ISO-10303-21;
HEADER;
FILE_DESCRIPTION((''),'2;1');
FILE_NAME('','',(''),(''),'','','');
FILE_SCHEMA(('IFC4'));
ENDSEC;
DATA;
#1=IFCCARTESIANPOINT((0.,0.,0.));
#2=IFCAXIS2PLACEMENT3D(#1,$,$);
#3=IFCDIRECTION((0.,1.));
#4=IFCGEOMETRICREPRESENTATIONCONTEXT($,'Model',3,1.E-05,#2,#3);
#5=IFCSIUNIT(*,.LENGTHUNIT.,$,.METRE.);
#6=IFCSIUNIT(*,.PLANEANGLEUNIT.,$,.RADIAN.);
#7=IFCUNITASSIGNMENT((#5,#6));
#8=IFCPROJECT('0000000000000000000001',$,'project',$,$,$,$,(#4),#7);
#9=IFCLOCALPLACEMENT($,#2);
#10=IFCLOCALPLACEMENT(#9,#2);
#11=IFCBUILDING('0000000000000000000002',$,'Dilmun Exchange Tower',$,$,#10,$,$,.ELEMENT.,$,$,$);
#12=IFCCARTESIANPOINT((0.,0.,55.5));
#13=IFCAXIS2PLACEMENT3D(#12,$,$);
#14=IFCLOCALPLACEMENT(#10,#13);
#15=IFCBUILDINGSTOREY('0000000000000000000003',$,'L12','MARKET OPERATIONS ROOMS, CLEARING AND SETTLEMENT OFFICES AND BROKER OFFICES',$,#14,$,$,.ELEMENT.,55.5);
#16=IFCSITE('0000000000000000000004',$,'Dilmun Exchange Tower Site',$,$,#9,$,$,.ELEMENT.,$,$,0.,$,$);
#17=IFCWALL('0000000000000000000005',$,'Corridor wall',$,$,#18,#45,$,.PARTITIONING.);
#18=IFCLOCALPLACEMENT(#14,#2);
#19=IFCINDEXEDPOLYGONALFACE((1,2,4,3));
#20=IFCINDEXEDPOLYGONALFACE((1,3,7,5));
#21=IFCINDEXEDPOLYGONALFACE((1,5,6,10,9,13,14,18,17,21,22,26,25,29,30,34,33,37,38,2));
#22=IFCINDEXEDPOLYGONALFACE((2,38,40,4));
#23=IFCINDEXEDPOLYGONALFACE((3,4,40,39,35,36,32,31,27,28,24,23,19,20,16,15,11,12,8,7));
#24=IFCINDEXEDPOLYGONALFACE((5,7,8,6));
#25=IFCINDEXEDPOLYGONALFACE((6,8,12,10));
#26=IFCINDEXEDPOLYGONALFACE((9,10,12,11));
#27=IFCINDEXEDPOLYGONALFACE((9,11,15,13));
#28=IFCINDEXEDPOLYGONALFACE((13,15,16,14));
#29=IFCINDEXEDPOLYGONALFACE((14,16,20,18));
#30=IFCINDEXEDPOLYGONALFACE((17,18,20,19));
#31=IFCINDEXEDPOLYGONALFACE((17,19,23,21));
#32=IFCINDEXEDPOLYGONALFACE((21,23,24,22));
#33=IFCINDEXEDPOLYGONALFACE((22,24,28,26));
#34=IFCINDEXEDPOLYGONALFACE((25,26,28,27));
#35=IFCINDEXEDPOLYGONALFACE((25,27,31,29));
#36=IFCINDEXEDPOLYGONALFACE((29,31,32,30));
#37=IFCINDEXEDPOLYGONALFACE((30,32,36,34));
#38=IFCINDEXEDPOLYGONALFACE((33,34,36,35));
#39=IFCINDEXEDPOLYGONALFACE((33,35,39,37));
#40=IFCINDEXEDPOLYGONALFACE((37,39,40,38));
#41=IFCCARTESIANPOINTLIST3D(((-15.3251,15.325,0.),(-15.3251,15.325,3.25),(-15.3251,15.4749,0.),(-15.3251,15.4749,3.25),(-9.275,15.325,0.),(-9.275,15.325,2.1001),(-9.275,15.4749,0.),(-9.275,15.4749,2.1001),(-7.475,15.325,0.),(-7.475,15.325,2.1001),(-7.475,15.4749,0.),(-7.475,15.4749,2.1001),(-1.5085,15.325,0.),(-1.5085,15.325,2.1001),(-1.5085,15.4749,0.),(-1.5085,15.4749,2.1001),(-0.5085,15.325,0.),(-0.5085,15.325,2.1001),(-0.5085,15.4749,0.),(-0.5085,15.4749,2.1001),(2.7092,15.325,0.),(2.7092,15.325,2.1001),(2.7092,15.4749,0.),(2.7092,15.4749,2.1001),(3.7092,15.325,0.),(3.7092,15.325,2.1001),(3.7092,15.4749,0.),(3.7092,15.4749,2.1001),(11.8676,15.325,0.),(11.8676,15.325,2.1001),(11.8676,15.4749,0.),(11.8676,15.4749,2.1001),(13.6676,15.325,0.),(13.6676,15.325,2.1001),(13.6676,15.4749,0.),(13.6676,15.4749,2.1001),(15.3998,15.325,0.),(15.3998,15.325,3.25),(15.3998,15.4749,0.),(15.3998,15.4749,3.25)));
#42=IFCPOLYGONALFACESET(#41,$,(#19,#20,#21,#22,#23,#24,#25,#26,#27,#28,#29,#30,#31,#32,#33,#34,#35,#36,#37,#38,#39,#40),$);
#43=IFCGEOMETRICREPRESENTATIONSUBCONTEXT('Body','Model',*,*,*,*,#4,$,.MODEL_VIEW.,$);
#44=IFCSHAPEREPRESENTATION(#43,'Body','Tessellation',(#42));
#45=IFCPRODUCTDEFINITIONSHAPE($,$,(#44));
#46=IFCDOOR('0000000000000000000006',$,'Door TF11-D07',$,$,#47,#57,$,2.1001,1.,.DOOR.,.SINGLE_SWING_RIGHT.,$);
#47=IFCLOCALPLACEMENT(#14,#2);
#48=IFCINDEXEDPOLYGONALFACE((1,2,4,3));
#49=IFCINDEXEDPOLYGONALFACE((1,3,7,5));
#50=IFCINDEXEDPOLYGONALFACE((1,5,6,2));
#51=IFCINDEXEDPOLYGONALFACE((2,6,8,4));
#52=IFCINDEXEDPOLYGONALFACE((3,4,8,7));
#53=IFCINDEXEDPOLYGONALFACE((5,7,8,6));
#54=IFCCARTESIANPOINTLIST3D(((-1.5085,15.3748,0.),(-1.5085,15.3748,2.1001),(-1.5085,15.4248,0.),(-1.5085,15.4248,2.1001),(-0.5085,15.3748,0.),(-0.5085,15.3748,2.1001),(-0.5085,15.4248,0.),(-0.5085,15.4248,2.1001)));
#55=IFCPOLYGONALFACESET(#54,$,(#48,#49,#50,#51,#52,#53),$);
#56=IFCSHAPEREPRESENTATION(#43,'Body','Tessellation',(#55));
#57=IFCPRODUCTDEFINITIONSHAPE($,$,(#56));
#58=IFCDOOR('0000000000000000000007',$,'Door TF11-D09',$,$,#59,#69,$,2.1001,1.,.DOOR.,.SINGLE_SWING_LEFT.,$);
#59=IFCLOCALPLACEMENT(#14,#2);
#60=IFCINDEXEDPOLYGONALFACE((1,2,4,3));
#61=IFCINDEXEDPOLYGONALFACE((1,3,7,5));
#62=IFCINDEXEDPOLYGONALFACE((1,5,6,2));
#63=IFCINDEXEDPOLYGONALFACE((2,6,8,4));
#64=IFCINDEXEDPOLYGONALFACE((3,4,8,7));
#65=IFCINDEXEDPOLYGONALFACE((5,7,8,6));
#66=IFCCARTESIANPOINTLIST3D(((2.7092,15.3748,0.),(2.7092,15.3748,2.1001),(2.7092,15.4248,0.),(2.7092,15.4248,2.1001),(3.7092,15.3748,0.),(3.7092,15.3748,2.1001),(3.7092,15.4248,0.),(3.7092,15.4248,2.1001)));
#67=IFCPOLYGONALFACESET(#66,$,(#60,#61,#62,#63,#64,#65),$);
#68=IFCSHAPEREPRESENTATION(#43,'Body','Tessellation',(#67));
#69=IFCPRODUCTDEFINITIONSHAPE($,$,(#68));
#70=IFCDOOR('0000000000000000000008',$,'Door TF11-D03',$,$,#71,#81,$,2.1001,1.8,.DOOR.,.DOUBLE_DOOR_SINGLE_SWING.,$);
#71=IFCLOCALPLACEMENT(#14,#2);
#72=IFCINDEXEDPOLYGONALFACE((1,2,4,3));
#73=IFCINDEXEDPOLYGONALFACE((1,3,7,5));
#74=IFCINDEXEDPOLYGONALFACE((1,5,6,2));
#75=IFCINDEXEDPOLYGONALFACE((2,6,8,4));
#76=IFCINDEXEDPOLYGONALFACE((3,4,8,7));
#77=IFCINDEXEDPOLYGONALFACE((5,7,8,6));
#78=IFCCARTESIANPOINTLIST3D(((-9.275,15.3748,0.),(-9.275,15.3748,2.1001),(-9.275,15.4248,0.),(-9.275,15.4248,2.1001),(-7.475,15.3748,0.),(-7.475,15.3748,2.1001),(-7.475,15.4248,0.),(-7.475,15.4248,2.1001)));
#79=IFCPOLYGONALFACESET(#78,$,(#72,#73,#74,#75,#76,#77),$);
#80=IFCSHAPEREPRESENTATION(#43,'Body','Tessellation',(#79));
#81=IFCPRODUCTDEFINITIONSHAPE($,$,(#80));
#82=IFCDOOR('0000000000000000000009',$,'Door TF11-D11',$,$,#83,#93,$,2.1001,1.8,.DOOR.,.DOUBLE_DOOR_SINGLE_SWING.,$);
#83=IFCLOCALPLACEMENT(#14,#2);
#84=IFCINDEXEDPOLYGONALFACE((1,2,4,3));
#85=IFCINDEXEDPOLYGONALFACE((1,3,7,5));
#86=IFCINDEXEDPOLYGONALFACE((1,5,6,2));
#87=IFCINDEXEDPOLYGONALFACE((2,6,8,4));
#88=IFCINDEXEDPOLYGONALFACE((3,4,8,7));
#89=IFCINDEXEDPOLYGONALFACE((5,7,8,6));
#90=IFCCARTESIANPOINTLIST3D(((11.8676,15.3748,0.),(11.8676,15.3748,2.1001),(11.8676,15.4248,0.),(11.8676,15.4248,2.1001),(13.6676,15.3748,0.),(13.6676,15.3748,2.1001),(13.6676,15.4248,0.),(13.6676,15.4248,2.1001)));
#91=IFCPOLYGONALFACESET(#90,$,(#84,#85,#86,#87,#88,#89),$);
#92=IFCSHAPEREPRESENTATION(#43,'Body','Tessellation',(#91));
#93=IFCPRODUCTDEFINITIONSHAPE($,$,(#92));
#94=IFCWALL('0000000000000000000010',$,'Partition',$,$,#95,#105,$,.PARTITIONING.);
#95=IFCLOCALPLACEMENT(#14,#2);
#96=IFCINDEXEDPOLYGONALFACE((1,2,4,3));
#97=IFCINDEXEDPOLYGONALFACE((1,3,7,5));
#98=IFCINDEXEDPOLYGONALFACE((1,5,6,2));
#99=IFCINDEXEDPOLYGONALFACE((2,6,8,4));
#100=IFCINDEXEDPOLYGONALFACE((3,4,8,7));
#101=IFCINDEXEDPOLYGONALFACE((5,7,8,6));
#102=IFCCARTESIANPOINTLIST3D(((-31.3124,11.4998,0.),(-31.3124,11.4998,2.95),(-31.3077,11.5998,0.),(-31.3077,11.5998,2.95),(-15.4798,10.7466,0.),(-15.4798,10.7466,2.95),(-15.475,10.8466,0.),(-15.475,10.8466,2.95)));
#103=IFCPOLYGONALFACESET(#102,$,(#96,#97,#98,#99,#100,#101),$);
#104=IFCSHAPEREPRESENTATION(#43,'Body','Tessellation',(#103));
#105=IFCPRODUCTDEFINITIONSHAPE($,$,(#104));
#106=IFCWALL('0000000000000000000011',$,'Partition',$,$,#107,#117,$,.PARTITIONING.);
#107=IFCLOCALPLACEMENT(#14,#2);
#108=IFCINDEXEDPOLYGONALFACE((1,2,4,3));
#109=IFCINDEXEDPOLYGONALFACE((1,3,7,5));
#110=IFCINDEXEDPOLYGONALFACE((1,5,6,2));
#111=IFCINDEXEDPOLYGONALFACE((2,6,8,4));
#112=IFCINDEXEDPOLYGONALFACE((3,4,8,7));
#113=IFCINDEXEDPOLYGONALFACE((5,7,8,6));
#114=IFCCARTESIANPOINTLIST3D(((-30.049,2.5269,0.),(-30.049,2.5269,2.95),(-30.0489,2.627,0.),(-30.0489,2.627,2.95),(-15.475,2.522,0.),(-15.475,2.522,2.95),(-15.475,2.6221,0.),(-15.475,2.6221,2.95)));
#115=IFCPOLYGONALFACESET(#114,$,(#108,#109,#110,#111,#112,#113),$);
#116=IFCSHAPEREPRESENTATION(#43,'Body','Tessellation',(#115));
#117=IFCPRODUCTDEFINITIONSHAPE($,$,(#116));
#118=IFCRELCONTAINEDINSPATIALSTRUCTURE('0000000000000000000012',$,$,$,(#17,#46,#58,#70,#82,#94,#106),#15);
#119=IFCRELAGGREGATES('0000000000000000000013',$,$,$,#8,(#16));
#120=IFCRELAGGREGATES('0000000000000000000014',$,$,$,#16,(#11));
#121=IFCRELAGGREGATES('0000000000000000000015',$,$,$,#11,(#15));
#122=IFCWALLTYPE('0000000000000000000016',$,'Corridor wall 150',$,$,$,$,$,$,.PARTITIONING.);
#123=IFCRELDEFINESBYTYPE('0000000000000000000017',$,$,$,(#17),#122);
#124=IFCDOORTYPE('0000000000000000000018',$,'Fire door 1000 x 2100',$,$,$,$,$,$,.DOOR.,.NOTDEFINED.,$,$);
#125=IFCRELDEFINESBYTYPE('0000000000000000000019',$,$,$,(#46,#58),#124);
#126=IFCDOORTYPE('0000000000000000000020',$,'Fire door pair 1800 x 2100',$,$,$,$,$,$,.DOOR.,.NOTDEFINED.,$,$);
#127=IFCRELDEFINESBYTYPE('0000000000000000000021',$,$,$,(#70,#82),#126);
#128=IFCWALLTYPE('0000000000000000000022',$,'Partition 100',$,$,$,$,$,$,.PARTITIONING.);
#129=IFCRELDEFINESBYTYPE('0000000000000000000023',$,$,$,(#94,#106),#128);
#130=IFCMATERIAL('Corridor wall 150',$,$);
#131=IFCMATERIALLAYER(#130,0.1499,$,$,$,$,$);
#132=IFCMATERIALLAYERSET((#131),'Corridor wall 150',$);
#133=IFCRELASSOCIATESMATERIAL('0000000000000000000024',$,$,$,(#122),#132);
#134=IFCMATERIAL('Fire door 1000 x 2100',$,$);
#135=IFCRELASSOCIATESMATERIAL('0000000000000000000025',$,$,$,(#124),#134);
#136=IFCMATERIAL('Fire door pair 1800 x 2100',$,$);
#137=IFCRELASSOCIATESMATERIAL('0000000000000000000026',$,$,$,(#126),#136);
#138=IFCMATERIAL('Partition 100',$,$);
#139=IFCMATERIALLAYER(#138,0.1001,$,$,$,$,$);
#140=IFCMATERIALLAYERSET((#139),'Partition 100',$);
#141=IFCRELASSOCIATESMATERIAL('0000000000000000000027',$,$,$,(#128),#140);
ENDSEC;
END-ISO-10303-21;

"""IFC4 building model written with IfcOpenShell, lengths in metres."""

from ifc_helpers import new_model, si_unit, direction, frame, frame_2d, origin, place, context, subcontext, project, spatial, rectangle, extrude, material, layer, layer_set, type_object, element, fill, save


model = new_model("IFC4")

# Units and contexts
model_context = context("Model", 3, precision=1e-05, world=origin(), true_north=direction((0.0, 1.0)))
body_context = subcontext(model_context, "Body", "Model", "MODEL_VIEW")
ifc_project = project(units=[si_unit("LENGTHUNIT", "METRE"), si_unit("PLANEANGLEUNIT", "RADIAN")], contexts=[model_context])

# Site, building, storey
site_placement = place(None, origin())
site = spatial("IfcSite", under=ifc_project, at=site_placement, Name="Dilmun Exchange Tower Site", CompositionType="ELEMENT", RefElevation=0.0)
building_placement = place(site_placement, origin())
building = spatial("IfcBuilding", under=site, at=building_placement, Name="Dilmun Exchange Tower", CompositionType="ELEMENT")
storey_placement = place(building_placement, frame((0.0, 0.0, 55.5)))
storey = spatial("IfcBuildingStorey", under=building, at=storey_placement, Name="L12", Description="MARKET OPERATIONS ROOMS, CLEARING AND SETTLEMENT OFFICES AND BROKER OFFICES", CompositionType="ELEMENT", Elevation=55.5)

# Wall, openings, doors
ifc_material_1 = material(Name="Corridor wall 150")
ifc_layer_1 = layer(ifc_material_1, 0.1499)
ifc_layer_set_1 = layer_set([ifc_layer_1], Name="Corridor wall 150")
wall_type_1 = type_object("IfcWallType", Name="Corridor wall 150", PredefinedType="PARTITIONING", material=ifc_layer_set_1)
wall_1_placement = place(storey_placement, frame((-15.325, 15.3999, 0.0), z_axis=(0.0, 0.0, 1.0), x_axis=(1.0, 0.0, 0.0)))
wall_1 = element("IfcWall", 1, at=wall_1_placement, inside=storey, type_object=wall_type_1, Name="Corridor wall", PredefinedType="PARTITIONING", context=body_context, shape_type="SweptSolid", body=[
    extrude(rectangle(XDim=30.7249, YDim=0.1499, at=frame_2d((15.3623, 0.0))), origin(), (0.0, 0.0, 1.0), 3.25),
])
opening_1_placement = place(wall_1_placement, frame((6.05, 0.0, 0.0)))
opening_1 = element("IfcOpeningElement", 2, at=opening_1_placement, cuts=wall_1, PredefinedType="OPENING", context=body_context, shape_type="SweptSolid", body=[
    extrude(rectangle(XDim=1.8, YDim=2.1001, at=frame_2d((0.8999, 1.05))), frame((0.0, 0.085, 0.0), z_axis=(0.0, -1.0, 0.0), x_axis=(1.0, 0.0, 0.0)), (0.0, 0.0, 1.0), 0.1699),
])
opening_2_placement = place(wall_1_placement, frame((13.8164, 0.0, 0.0)))
opening_2 = element("IfcOpeningElement", 3, at=opening_2_placement, cuts=wall_1, PredefinedType="OPENING", context=body_context, shape_type="SweptSolid", body=[
    extrude(rectangle(XDim=1.0, YDim=2.1001, at=frame_2d((0.5, 1.05))), frame((0.0, 0.085, 0.0), z_axis=(0.0, -1.0, 0.0), x_axis=(1.0, 0.0, 0.0)), (0.0, 0.0, 1.0), 0.1699),
])
opening_3_placement = place(wall_1_placement, frame((18.0342, 0.0, 0.0)))
opening_3 = element("IfcOpeningElement", 4, at=opening_3_placement, cuts=wall_1, PredefinedType="OPENING", context=body_context, shape_type="SweptSolid", body=[
    extrude(rectangle(XDim=1.0, YDim=2.1001, at=frame_2d((0.5, 1.05))), frame((0.0, 0.085, 0.0), z_axis=(0.0, -1.0, 0.0), x_axis=(1.0, 0.0, 0.0)), (0.0, 0.0, 1.0), 0.1699),
])
opening_4_placement = place(wall_1_placement, frame((27.1926, 0.0, 0.0)))
opening_4 = element("IfcOpeningElement", 5, at=opening_4_placement, cuts=wall_1, PredefinedType="OPENING", context=body_context, shape_type="SweptSolid", body=[
    extrude(rectangle(XDim=1.8, YDim=2.1001, at=frame_2d((0.8999, 1.05))), frame((0.0, 0.085, 0.0), z_axis=(0.0, -1.0, 0.0), x_axis=(1.0, 0.0, 0.0)), (0.0, 0.0, 1.0), 0.1699),
])
ifc_material_2 = material(Name="Fire door 1000 x 2100")
door_type_1 = type_object("IfcDoorType", Name="Fire door 1000 x 2100", OperationType="NOTDEFINED", PredefinedType="DOOR", material=ifc_material_2)
door_1_placement = place(opening_2_placement, origin())
door_1 = element("IfcDoor", 6, at=door_1_placement, inside=storey, type_object=door_type_1, Name="Door TF11-D07", OperationType="SINGLE_SWING_RIGHT", OverallHeight=2.1001, OverallWidth=1.0, PredefinedType="DOOR", context=body_context, shape_type="SweptSolid", body=[
    extrude(rectangle(XDim=1.0, YDim=2.1001, at=frame_2d((0.5, 1.05))), frame((0.0, 0.0249, 0.0), z_axis=(0.0, -1.0, 0.0), x_axis=(1.0, 0.0, 0.0)), (0.0, 0.0, 1.0), 0.05),
])
fill(opening_2, door_1)
door_2_placement = place(opening_3_placement, origin())
door_2 = element("IfcDoor", 7, at=door_2_placement, inside=storey, type_object=door_type_1, Name="Door TF11-D09", OperationType="SINGLE_SWING_LEFT", OverallHeight=2.1001, OverallWidth=1.0, PredefinedType="DOOR", context=body_context, shape_type="SweptSolid", body=[
    extrude(rectangle(XDim=1.0, YDim=2.1001, at=frame_2d((0.5, 1.05))), frame((0.0, 0.0249, 0.0), z_axis=(0.0, -1.0, 0.0), x_axis=(1.0, 0.0, 0.0)), (0.0, 0.0, 1.0), 0.05),
])
fill(opening_3, door_2)
ifc_material_3 = material(Name="Fire door pair 1800 x 2100")
door_type_2 = type_object("IfcDoorType", Name="Fire door pair 1800 x 2100", OperationType="NOTDEFINED", PredefinedType="DOOR", material=ifc_material_3)
door_3_placement = place(opening_1_placement, origin())
door_3 = element("IfcDoor", 8, at=door_3_placement, inside=storey, type_object=door_type_2, Name="Door TF11-D03", OperationType="DOUBLE_DOOR_SINGLE_SWING", OverallHeight=2.1001, OverallWidth=1.8, PredefinedType="DOOR", context=body_context, shape_type="SweptSolid", body=[
    extrude(rectangle(XDim=1.8, YDim=2.1001, at=frame_2d((0.8999, 1.05))), frame((0.0, 0.0249, 0.0), z_axis=(0.0, -1.0, 0.0), x_axis=(1.0, 0.0, 0.0)), (0.0, 0.0, 1.0), 0.05),
])
fill(opening_1, door_3)
door_4_placement = place(opening_4_placement, origin())
door_4 = element("IfcDoor", 9, at=door_4_placement, inside=storey, type_object=door_type_2, Name="Door TF11-D11", OperationType="DOUBLE_DOOR_SINGLE_SWING", OverallHeight=2.1001, OverallWidth=1.8, PredefinedType="DOOR", context=body_context, shape_type="SweptSolid", body=[
    extrude(rectangle(XDim=1.8, YDim=2.1001, at=frame_2d((0.8999, 1.05))), frame((0.0, 0.0249, 0.0), z_axis=(0.0, -1.0, 0.0), x_axis=(1.0, 0.0, 0.0)), (0.0, 0.0, 1.0), 0.05),
])
fill(opening_4, door_4)

# Walls
ifc_material_4 = material(Name="Partition 100")
ifc_layer_2 = layer(ifc_material_4, 0.1001)
ifc_layer_set_2 = layer_set([ifc_layer_2], Name="Partition 100")
wall_type_2 = type_object("IfcWallType", Name="Partition 100", PredefinedType="PARTITIONING", material=ifc_layer_set_2)
wall_2_placement = place(storey_placement, frame((-31.3101, 11.5498, 0.0), z_axis=(0.0, 0.0, 1.0), x_axis=(0.99887, -0.047517, 0.0)))
element("IfcWall", 10, at=wall_2_placement, inside=storey, type_object=wall_type_2, Name="Partition", PredefinedType="PARTITIONING", context=body_context, shape_type="SweptSolid", body=[
    extrude(rectangle(XDim=15.8506, YDim=0.1001, at=frame_2d((7.9253, 0.0))), origin(), (0.0, 0.0, 1.0), 2.95),
])
wall_3_placement = place(storey_placement, frame((-30.0491, 2.5769, 0.0), z_axis=(0.0, 0.0, 1.0), x_axis=(1.0, -0.000335, 0.0)))
element("IfcWall", 11, at=wall_3_placement, inside=storey, type_object=wall_type_2, Name="Partition", PredefinedType="PARTITIONING", context=body_context, shape_type="SweptSolid", body=[
    extrude(rectangle(XDim=14.574, YDim=0.1001, at=frame_2d((7.2871, 0.0))), origin(), (0.0, 0.0, 1.0), 2.95),
])

save(model, "model.ifc")
